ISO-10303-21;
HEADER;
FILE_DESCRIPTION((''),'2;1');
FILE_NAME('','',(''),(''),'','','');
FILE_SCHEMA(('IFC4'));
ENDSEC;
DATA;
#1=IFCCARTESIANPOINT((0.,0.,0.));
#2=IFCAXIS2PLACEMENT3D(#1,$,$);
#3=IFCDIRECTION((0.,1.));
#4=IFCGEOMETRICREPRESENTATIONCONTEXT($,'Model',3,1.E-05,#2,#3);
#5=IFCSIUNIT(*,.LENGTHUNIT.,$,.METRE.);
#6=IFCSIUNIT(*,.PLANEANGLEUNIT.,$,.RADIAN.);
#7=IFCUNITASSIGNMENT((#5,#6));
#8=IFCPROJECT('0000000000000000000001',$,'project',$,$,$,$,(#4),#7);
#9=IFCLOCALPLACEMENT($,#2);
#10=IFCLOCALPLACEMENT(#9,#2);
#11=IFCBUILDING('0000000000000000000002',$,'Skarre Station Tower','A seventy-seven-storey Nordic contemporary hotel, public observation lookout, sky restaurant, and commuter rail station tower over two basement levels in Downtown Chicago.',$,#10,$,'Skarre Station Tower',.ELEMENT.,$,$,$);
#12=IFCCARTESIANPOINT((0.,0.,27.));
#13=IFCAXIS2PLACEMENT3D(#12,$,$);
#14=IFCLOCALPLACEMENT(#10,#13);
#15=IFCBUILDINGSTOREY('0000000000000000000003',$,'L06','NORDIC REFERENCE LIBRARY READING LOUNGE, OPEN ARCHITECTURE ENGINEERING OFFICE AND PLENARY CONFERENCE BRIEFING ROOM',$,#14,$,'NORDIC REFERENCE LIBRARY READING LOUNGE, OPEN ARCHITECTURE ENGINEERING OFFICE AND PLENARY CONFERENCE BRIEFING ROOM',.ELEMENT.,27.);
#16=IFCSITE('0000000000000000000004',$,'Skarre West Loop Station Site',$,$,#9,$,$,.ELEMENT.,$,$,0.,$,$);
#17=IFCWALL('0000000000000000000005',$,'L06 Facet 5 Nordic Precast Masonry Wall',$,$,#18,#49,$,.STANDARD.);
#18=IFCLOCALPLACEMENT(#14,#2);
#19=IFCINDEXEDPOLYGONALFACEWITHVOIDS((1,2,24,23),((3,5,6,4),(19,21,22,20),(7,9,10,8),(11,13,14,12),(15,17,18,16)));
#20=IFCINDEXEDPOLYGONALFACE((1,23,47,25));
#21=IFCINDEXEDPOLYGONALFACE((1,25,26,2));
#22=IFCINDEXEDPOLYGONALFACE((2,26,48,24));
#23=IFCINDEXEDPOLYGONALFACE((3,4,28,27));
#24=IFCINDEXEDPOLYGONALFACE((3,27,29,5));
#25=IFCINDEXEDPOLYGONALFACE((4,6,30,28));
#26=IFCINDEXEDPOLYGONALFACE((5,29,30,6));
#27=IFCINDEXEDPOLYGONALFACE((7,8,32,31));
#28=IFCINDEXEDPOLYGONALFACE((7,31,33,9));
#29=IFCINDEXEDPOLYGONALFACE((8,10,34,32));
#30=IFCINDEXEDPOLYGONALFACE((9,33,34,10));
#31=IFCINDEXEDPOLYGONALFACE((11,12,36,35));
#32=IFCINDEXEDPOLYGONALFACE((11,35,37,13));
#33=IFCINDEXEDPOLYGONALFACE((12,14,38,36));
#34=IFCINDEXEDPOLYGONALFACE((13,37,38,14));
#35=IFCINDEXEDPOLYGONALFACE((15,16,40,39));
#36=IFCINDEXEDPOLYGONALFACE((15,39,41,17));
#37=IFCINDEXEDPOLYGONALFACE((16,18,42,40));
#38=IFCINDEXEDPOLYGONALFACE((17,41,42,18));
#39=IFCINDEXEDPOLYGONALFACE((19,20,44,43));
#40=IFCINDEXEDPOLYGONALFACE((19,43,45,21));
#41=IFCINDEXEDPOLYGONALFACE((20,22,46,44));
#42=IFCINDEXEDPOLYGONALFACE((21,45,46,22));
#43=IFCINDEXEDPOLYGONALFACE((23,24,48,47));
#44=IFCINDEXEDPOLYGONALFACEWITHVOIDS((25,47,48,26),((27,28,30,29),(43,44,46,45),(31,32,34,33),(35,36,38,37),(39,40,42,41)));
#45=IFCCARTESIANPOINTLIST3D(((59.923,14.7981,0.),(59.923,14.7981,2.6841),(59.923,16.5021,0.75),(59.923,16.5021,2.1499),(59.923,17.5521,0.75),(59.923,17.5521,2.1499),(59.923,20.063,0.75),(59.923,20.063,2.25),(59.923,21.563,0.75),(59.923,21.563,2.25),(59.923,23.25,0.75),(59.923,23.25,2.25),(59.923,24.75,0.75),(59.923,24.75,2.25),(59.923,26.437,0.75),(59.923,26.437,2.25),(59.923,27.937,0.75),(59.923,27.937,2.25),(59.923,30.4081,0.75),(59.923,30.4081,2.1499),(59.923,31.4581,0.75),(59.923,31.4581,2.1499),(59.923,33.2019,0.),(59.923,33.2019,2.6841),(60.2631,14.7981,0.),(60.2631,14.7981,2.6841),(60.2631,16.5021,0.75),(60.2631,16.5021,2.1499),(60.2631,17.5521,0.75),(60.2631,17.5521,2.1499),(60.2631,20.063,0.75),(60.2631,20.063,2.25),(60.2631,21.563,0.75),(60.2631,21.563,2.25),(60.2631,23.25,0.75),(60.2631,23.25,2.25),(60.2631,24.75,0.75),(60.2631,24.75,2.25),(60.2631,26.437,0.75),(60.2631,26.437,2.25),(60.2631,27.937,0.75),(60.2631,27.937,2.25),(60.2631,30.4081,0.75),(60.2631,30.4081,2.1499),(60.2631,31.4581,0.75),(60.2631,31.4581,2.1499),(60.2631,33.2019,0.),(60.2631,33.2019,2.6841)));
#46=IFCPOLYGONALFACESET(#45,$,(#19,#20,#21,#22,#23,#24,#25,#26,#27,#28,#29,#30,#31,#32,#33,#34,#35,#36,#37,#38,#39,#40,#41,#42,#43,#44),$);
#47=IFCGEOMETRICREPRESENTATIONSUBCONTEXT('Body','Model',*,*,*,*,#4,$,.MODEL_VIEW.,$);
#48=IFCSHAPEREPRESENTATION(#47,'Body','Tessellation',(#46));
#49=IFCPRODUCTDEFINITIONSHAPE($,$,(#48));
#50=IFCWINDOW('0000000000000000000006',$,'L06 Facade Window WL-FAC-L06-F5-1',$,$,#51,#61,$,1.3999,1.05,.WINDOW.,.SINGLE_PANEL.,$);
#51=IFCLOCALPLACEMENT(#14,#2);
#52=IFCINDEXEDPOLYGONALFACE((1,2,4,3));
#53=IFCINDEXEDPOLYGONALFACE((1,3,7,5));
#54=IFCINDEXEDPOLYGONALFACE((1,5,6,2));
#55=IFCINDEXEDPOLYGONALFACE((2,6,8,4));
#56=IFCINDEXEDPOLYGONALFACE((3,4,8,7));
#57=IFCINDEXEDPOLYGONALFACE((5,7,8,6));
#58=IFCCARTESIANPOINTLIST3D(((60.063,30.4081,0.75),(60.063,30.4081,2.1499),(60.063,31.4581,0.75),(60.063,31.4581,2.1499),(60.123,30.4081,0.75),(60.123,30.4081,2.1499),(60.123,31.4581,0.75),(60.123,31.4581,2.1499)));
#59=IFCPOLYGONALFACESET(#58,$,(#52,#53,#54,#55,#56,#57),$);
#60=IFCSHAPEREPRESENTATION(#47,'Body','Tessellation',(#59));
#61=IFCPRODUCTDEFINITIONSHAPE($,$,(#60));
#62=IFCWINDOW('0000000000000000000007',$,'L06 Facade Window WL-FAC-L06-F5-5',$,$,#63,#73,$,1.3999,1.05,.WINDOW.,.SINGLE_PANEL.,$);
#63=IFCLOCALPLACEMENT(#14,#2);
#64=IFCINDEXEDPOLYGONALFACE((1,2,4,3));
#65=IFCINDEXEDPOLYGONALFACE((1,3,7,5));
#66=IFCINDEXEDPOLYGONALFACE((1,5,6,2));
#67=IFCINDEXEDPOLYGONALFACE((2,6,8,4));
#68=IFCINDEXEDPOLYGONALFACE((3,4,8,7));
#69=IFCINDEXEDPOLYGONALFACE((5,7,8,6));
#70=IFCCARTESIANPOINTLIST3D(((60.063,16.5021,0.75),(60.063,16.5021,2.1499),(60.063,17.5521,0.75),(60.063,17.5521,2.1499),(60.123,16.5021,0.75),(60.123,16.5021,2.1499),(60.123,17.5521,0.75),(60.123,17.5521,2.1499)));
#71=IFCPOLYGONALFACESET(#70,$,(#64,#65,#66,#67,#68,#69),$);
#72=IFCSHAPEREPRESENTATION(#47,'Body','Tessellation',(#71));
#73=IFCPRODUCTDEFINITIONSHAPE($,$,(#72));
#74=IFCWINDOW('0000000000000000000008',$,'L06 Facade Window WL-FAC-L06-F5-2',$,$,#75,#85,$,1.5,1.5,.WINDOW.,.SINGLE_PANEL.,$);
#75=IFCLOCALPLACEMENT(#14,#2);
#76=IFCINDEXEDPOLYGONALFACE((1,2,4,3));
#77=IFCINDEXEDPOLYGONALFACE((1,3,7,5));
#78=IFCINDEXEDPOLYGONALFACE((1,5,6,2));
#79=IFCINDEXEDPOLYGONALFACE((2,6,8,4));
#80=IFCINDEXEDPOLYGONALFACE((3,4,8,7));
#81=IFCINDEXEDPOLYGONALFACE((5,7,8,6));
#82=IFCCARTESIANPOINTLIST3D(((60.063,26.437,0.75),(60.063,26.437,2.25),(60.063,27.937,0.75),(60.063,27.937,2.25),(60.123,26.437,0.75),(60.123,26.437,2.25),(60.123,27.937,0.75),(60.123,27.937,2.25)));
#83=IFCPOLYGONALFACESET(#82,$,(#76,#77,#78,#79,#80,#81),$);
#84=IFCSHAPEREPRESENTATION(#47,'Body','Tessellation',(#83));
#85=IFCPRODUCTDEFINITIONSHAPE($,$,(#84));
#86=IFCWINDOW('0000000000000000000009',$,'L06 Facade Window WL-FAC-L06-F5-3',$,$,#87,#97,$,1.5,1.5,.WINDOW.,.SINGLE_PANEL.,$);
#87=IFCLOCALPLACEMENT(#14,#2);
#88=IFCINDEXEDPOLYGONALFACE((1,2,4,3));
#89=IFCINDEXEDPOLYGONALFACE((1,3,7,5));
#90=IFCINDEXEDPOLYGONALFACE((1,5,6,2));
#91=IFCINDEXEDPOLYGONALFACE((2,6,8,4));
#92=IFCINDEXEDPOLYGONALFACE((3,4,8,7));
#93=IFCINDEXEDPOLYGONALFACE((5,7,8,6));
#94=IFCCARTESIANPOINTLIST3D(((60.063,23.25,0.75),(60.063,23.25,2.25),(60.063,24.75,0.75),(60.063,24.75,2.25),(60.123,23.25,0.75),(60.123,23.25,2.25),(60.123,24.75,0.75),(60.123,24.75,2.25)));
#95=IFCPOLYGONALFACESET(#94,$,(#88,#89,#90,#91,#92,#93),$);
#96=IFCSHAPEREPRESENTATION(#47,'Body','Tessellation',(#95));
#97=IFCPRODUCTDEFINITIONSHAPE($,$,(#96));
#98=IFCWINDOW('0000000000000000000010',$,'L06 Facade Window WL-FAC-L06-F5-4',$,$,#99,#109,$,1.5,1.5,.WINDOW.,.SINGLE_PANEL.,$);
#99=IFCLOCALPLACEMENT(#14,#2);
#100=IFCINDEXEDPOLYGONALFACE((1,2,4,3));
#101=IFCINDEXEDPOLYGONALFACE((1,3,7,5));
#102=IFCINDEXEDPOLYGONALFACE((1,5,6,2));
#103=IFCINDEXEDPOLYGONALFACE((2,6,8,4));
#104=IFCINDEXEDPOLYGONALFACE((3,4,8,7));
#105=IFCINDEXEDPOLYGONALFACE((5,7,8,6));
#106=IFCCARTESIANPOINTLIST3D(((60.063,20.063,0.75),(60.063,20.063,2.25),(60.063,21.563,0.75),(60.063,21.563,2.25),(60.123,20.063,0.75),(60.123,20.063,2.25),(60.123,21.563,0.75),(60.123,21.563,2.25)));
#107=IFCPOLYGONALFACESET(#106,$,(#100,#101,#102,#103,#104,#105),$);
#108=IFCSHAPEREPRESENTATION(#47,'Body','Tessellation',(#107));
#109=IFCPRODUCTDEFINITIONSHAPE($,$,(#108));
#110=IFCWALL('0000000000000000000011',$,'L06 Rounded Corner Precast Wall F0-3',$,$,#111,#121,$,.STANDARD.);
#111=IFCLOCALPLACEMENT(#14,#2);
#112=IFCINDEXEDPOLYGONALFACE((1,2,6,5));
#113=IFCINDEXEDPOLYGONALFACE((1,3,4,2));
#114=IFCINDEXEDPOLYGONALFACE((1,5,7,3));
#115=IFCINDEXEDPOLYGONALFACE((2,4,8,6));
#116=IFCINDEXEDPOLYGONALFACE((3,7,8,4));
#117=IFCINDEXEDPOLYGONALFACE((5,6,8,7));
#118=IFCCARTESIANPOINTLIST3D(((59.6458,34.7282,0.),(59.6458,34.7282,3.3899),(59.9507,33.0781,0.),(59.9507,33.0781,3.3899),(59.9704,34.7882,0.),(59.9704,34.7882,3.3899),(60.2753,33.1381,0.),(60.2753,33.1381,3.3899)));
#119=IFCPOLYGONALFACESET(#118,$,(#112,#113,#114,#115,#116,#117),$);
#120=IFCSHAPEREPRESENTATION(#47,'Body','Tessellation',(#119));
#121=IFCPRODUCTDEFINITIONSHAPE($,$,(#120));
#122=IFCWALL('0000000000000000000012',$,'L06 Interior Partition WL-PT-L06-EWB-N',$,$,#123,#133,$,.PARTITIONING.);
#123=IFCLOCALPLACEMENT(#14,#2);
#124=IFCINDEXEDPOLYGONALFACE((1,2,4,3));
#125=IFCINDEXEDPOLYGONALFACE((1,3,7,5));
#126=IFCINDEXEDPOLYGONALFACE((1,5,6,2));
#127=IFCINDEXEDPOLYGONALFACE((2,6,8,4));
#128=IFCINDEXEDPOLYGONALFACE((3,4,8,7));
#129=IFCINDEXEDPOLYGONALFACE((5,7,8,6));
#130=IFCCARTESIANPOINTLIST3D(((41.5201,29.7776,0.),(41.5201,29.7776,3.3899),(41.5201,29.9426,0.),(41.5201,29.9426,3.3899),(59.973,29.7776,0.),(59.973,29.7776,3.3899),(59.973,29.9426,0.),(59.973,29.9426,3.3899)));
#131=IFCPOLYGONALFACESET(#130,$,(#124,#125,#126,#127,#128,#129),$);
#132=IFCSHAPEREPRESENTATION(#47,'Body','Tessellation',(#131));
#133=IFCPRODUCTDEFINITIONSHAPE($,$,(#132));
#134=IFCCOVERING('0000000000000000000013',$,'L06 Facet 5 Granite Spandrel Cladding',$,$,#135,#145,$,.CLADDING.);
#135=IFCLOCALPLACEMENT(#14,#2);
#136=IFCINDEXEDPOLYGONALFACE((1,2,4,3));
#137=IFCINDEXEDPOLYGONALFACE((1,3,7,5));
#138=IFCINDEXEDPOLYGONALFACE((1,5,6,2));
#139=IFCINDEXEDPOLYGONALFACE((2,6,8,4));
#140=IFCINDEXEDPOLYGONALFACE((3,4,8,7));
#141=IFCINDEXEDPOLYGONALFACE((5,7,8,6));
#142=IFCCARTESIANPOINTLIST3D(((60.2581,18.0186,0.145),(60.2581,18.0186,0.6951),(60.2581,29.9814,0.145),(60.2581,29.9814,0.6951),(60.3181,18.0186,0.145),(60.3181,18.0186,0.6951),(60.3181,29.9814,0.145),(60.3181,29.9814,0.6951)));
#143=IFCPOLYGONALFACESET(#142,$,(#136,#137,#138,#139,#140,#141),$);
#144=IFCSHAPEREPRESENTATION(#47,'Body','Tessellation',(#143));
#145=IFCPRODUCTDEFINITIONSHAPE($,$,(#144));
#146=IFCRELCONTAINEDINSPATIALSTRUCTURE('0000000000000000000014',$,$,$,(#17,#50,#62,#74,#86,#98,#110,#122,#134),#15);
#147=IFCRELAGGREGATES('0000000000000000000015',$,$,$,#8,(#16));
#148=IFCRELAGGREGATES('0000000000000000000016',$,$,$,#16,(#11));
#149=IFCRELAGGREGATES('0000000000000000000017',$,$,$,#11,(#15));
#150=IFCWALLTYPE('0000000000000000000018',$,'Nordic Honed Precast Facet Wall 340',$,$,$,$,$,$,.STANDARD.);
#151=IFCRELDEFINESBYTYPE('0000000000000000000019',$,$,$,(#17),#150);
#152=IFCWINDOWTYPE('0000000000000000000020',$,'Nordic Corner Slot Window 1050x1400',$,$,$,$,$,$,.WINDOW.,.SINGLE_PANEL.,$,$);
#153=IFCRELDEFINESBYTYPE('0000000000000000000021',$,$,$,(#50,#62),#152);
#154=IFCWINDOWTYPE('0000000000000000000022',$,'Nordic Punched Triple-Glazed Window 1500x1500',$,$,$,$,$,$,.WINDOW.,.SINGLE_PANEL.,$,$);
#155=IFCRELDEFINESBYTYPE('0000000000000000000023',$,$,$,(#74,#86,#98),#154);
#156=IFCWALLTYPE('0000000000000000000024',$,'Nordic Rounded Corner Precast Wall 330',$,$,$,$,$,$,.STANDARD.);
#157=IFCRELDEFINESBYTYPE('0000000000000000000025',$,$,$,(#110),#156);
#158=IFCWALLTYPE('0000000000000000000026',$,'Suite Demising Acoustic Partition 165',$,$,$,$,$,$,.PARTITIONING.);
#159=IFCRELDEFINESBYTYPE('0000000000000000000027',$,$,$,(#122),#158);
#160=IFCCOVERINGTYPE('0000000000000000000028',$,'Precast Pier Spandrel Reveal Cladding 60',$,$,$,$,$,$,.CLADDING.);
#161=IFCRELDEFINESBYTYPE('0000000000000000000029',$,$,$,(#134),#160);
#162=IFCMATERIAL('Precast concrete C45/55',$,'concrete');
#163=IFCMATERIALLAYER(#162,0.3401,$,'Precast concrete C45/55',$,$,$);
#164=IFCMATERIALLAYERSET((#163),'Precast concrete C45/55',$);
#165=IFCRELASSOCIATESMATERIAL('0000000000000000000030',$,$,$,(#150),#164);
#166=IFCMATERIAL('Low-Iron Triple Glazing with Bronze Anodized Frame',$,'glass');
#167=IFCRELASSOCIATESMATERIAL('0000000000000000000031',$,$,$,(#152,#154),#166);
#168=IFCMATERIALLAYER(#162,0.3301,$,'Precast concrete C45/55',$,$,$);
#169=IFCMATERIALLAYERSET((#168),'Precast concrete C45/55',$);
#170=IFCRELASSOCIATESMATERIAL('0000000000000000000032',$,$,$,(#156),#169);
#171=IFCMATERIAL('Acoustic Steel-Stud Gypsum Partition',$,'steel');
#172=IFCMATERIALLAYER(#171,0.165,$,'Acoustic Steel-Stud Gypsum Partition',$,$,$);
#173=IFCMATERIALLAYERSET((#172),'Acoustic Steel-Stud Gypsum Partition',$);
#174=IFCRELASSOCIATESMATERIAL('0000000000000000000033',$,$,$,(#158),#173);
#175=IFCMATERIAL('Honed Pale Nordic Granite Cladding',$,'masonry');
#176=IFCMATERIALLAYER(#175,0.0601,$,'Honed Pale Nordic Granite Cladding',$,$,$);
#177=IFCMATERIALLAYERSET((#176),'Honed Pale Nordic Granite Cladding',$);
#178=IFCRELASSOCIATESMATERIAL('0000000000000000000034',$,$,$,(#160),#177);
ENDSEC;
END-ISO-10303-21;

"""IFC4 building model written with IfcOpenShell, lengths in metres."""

from ifc_helpers import new_model, si_unit, direction, frame, frame_2d, origin, origin_2d, place, context, subcontext, project, spatial, rectangle, extrude, material, layer, layer_set, type_object, element, fill, save


model = new_model("IFC4")

# Units and contexts
model_context = context("Model", 3, precision=1e-05, world=origin(), true_north=direction((0.0, 1.0)))
body_context = subcontext(model_context, "Body", "Model", "MODEL_VIEW")
ifc_project = project(units=[si_unit("LENGTHUNIT", "METRE"), si_unit("PLANEANGLEUNIT", "RADIAN")], contexts=[model_context])

# Site, building, storey
site_placement = place(None, origin())
site = spatial("IfcSite", under=ifc_project, at=site_placement, Name="Skarre West Loop Station Site", CompositionType="ELEMENT", RefElevation=0.0)
building_placement = place(site_placement, origin())
building = spatial("IfcBuilding", under=site, at=building_placement, Name="Skarre Station Tower", Description="A seventy-seven-storey Nordic contemporary hotel, public observation lookout, sky restaurant, and commuter rail station tower over two basement levels in Downtown Chicago.", LongName="Skarre Station Tower", CompositionType="ELEMENT")
storey_placement = place(building_placement, frame((0.0, 0.0, 27.0)))
storey = spatial("IfcBuildingStorey", under=building, at=storey_placement, Name="L06", Description="NORDIC REFERENCE LIBRARY READING LOUNGE, OPEN ARCHITECTURE ENGINEERING OFFICE AND PLENARY CONFERENCE BRIEFING ROOM", LongName="NORDIC REFERENCE LIBRARY READING LOUNGE, OPEN ARCHITECTURE ENGINEERING OFFICE AND PLENARY CONFERENCE BRIEFING ROOM", CompositionType="ELEMENT", Elevation=27.0)

# Shared definitions
ifc_material_1 = material(Name="Acoustic Steel-Stud Gypsum Partition", Category="steel")

# Wall, openings, windows
ifc_material_2 = material(Name="Precast concrete C45/55", Category="concrete")
ifc_layer_1 = layer(ifc_material_2, 0.3401, Name="Precast concrete C45/55")
ifc_layer_set_1 = layer_set([ifc_layer_1], Name="Precast concrete C45/55")
wall_type_1 = type_object("IfcWallType", Name="Nordic Honed Precast Facet Wall 340", PredefinedType="STANDARD", material=ifc_layer_set_1)
wall_1_placement = place(storey_placement, frame((60.093, 33.2019, 0.0), z_axis=(0.0, 0.0, 1.0), x_axis=(0.0, -1.0, 0.0)))
wall_1 = element("IfcWall", 1, at=wall_1_placement, inside=storey, type_object=wall_type_1, Name="L06 Facet 5 Nordic Precast Masonry Wall", PredefinedType="STANDARD", context=body_context, shape_type="SweptSolid", body=[
    extrude(rectangle(XDim=18.4038, YDim=0.3401, at=frame_2d((9.2019, 0.0))), origin(), (0.0, 0.0, 1.0), 2.6841),
])
opening_1_placement = place(wall_1_placement, frame((1.7439, 0.0, 0.75)))
opening_1 = element("IfcOpeningElement", 2, at=opening_1_placement, cuts=wall_1, PredefinedType="OPENING", context=body_context, shape_type="SweptSolid", body=[
    extrude(rectangle(XDim=1.05, YDim=1.3999, at=frame_2d((0.5249, 0.7))), frame((0.0, 0.1799, 0.0), z_axis=(0.0, -1.0, 0.0), x_axis=(1.0, 0.0, 0.0)), (0.0, 0.0, 1.0), 0.3601),
])
opening_2_placement = place(wall_1_placement, frame((5.2649, 0.0, 0.75)))
opening_2 = element("IfcOpeningElement", 3, at=opening_2_placement, cuts=wall_1, PredefinedType="OPENING", context=body_context, shape_type="SweptSolid", body=[
    extrude(rectangle(XDim=1.5, YDim=1.5, at=frame_2d((0.75, 0.75))), frame((0.0, 0.1799, 0.0), z_axis=(0.0, -1.0, 0.0), x_axis=(1.0, 0.0, 0.0)), (0.0, 0.0, 1.0), 0.3601),
])
opening_3_placement = place(wall_1_placement, frame((8.4519, 0.0, 0.75)))
opening_3 = element("IfcOpeningElement", 4, at=opening_3_placement, cuts=wall_1, PredefinedType="OPENING", context=body_context, shape_type="SweptSolid", body=[
    extrude(rectangle(XDim=1.5, YDim=1.5, at=frame_2d((0.75, 0.75))), frame((0.0, 0.1799, 0.0), z_axis=(0.0, -1.0, 0.0), x_axis=(1.0, 0.0, 0.0)), (0.0, 0.0, 1.0), 0.3601),
])
opening_4_placement = place(wall_1_placement, frame((11.6389, 0.0, 0.75)))
opening_4 = element("IfcOpeningElement", 5, at=opening_4_placement, cuts=wall_1, PredefinedType="OPENING", context=body_context, shape_type="SweptSolid", body=[
    extrude(rectangle(XDim=1.5, YDim=1.5, at=frame_2d((0.75, 0.75))), frame((0.0, 0.1799, 0.0), z_axis=(0.0, -1.0, 0.0), x_axis=(1.0, 0.0, 0.0)), (0.0, 0.0, 1.0), 0.3601),
])
opening_5_placement = place(wall_1_placement, frame((15.6499, 0.0, 0.75)))
opening_5 = element("IfcOpeningElement", 6, at=opening_5_placement, cuts=wall_1, PredefinedType="OPENING", context=body_context, shape_type="SweptSolid", body=[
    extrude(rectangle(XDim=1.05, YDim=1.3999, at=frame_2d((0.5249, 0.7))), frame((0.0, 0.1799, 0.0), z_axis=(0.0, -1.0, 0.0), x_axis=(1.0, 0.0, 0.0)), (0.0, 0.0, 1.0), 0.3601),
])
ifc_material_3 = material(Name="Low-Iron Triple Glazing with Bronze Anodized Frame", Category="glass")
window_type_1 = type_object("IfcWindowType", Name="Nordic Corner Slot Window 1050x1400", PartitioningType="SINGLE_PANEL", PredefinedType="WINDOW", material=ifc_material_3)
window_1_placement = place(opening_1_placement, origin())
window_1 = element("IfcWindow", 7, at=window_1_placement, inside=storey, type_object=window_type_1, Name="L06 Facade Window WL-FAC-L06-F5-1", OverallHeight=1.3999, OverallWidth=1.05, PartitioningType="SINGLE_PANEL", PredefinedType="WINDOW", context=body_context, shape_type="SweptSolid", body=[
    extrude(rectangle(XDim=1.05, YDim=1.3999, at=frame_2d((0.5249, 0.7))), frame((0.0, 0.03, 0.0), z_axis=(0.0, -1.0, 0.0), x_axis=(1.0, 0.0, 0.0)), (0.0, 0.0, 1.0), 0.0601),
])
fill(opening_1, window_1)
window_2_placement = place(opening_5_placement, origin())
window_2 = element("IfcWindow", 8, at=window_2_placement, inside=storey, type_object=window_type_1, Name="L06 Facade Window WL-FAC-L06-F5-5", OverallHeight=1.3999, OverallWidth=1.05, PartitioningType="SINGLE_PANEL", PredefinedType="WINDOW", context=body_context, shape_type="SweptSolid", body=[
    extrude(rectangle(XDim=1.05, YDim=1.3999, at=frame_2d((0.5249, 0.7))), frame((0.0, 0.03, 0.0), z_axis=(0.0, -1.0, 0.0), x_axis=(1.0, 0.0, 0.0)), (0.0, 0.0, 1.0), 0.0601),
])
fill(opening_5, window_2)
window_type_2 = type_object("IfcWindowType", Name="Nordic Punched Triple-Glazed Window 1500x1500", PartitioningType="SINGLE_PANEL", PredefinedType="WINDOW", material=ifc_material_3)
window_3_placement = place(opening_2_placement, origin())
window_3 = element("IfcWindow", 9, at=window_3_placement, inside=storey, type_object=window_type_2, Name="L06 Facade Window WL-FAC-L06-F5-2", OverallHeight=1.5, OverallWidth=1.5, PartitioningType="SINGLE_PANEL", PredefinedType="WINDOW", context=body_context, shape_type="SweptSolid", body=[
    extrude(rectangle(XDim=1.5, YDim=1.5, at=frame_2d((0.75, 0.75))), frame((0.0, 0.03, 0.0), z_axis=(0.0, -1.0, 0.0), x_axis=(1.0, 0.0, 0.0)), (0.0, 0.0, 1.0), 0.0601),
])
fill(opening_2, window_3)
window_4_placement = place(opening_3_placement, origin())
window_4 = element("IfcWindow", 10, at=window_4_placement, inside=storey, type_object=window_type_2, Name="L06 Facade Window WL-FAC-L06-F5-3", OverallHeight=1.5, OverallWidth=1.5, PartitioningType="SINGLE_PANEL", PredefinedType="WINDOW", context=body_context, shape_type="SweptSolid", body=[
    extrude(rectangle(XDim=1.5, YDim=1.5, at=frame_2d((0.75, 0.75))), frame((0.0, 0.03, 0.0), z_axis=(0.0, -1.0, 0.0), x_axis=(1.0, 0.0, 0.0)), (0.0, 0.0, 1.0), 0.0601),
])
fill(opening_3, window_4)
window_5_placement = place(opening_4_placement, origin())
window_5 = element("IfcWindow", 11, at=window_5_placement, inside=storey, type_object=window_type_2, Name="L06 Facade Window WL-FAC-L06-F5-4", OverallHeight=1.5, OverallWidth=1.5, PartitioningType="SINGLE_PANEL", PredefinedType="WINDOW", context=body_context, shape_type="SweptSolid", body=[
    extrude(rectangle(XDim=1.5, YDim=1.5, at=frame_2d((0.75, 0.75))), frame((0.0, 0.03, 0.0), z_axis=(0.0, -1.0, 0.0), x_axis=(1.0, 0.0, 0.0)), (0.0, 0.0, 1.0), 0.0601),
])
fill(opening_4, window_5)

# Walls
ifc_layer_2 = layer(ifc_material_2, 0.3301, Name="Precast concrete C45/55")
ifc_layer_set_2 = layer_set([ifc_layer_2], Name="Precast concrete C45/55")
wall_type_2 = type_object("IfcWallType", Name="Nordic Rounded Corner Precast Wall 330", PredefinedType="STANDARD", material=ifc_layer_set_2)
wall_2_placement = place(storey_placement, frame((59.8081, 34.7581, 0.0), z_axis=(0.0, 0.0, 1.0), x_axis=(0.181714, -0.983351, 0.0)))
element("IfcWall", 12, at=wall_2_placement, inside=storey, type_object=wall_type_2, Name="L06 Rounded Corner Precast Wall F0-3", PredefinedType="STANDARD", context=body_context, shape_type="SweptSolid", body=[
    extrude(rectangle(XDim=1.678, YDim=0.3301, at=frame_2d((0.8389, 0.0))), origin(), (0.0, 0.0, 1.0), 3.3899),
])
ifc_layer_3 = layer(ifc_material_1, 0.165, Name="Acoustic Steel-Stud Gypsum Partition")
ifc_layer_set_3 = layer_set([ifc_layer_3], Name="Acoustic Steel-Stud Gypsum Partition")
wall_type_3 = type_object("IfcWallType", Name="Suite Demising Acoustic Partition 165", PredefinedType="PARTITIONING", material=ifc_layer_set_3)
wall_3_placement = place(storey_placement, frame((41.52, 29.8601, 0.0), z_axis=(0.0, 0.0, 1.0), x_axis=(1.0, 0.0, 0.0)))
element("IfcWall", 13, at=wall_3_placement, inside=storey, type_object=wall_type_3, Name="L06 Interior Partition WL-PT-L06-EWB-N", PredefinedType="PARTITIONING", context=body_context, shape_type="SweptSolid", body=[
    extrude(rectangle(XDim=18.4529, YDim=0.165, at=frame_2d((9.2266, 0.0))), origin(), (0.0, 0.0, 1.0), 3.3899),
])

# Covering
ifc_material_4 = material(Name="Honed Pale Nordic Granite Cladding", Category="masonry")
ifc_layer_4 = layer(ifc_material_4, 0.0601, Name="Honed Pale Nordic Granite Cladding")
ifc_layer_set_4 = layer_set([ifc_layer_4], Name="Honed Pale Nordic Granite Cladding")
covering_type = type_object("IfcCoveringType", Name="Precast Pier Spandrel Reveal Cladding 60", PredefinedType="CLADDING", material=ifc_layer_set_4)
covering_placement = place(storey_placement, frame((60.2881, 24.0, 0.145), z_axis=(0.0, 0.0, 1.0), x_axis=(0.0, 1.0, 0.0)))
element("IfcCovering", 14, at=covering_placement, inside=storey, type_object=covering_type, Name="L06 Facet 5 Granite Spandrel Cladding", PredefinedType="CLADDING", context=body_context, shape_type="SweptSolid", body=[
    extrude(rectangle(XDim=11.9629, YDim=0.0601, at=origin_2d()), origin(), (0.0, 0.0, 1.0), 0.55),
])

save(model, "model.ifc")
